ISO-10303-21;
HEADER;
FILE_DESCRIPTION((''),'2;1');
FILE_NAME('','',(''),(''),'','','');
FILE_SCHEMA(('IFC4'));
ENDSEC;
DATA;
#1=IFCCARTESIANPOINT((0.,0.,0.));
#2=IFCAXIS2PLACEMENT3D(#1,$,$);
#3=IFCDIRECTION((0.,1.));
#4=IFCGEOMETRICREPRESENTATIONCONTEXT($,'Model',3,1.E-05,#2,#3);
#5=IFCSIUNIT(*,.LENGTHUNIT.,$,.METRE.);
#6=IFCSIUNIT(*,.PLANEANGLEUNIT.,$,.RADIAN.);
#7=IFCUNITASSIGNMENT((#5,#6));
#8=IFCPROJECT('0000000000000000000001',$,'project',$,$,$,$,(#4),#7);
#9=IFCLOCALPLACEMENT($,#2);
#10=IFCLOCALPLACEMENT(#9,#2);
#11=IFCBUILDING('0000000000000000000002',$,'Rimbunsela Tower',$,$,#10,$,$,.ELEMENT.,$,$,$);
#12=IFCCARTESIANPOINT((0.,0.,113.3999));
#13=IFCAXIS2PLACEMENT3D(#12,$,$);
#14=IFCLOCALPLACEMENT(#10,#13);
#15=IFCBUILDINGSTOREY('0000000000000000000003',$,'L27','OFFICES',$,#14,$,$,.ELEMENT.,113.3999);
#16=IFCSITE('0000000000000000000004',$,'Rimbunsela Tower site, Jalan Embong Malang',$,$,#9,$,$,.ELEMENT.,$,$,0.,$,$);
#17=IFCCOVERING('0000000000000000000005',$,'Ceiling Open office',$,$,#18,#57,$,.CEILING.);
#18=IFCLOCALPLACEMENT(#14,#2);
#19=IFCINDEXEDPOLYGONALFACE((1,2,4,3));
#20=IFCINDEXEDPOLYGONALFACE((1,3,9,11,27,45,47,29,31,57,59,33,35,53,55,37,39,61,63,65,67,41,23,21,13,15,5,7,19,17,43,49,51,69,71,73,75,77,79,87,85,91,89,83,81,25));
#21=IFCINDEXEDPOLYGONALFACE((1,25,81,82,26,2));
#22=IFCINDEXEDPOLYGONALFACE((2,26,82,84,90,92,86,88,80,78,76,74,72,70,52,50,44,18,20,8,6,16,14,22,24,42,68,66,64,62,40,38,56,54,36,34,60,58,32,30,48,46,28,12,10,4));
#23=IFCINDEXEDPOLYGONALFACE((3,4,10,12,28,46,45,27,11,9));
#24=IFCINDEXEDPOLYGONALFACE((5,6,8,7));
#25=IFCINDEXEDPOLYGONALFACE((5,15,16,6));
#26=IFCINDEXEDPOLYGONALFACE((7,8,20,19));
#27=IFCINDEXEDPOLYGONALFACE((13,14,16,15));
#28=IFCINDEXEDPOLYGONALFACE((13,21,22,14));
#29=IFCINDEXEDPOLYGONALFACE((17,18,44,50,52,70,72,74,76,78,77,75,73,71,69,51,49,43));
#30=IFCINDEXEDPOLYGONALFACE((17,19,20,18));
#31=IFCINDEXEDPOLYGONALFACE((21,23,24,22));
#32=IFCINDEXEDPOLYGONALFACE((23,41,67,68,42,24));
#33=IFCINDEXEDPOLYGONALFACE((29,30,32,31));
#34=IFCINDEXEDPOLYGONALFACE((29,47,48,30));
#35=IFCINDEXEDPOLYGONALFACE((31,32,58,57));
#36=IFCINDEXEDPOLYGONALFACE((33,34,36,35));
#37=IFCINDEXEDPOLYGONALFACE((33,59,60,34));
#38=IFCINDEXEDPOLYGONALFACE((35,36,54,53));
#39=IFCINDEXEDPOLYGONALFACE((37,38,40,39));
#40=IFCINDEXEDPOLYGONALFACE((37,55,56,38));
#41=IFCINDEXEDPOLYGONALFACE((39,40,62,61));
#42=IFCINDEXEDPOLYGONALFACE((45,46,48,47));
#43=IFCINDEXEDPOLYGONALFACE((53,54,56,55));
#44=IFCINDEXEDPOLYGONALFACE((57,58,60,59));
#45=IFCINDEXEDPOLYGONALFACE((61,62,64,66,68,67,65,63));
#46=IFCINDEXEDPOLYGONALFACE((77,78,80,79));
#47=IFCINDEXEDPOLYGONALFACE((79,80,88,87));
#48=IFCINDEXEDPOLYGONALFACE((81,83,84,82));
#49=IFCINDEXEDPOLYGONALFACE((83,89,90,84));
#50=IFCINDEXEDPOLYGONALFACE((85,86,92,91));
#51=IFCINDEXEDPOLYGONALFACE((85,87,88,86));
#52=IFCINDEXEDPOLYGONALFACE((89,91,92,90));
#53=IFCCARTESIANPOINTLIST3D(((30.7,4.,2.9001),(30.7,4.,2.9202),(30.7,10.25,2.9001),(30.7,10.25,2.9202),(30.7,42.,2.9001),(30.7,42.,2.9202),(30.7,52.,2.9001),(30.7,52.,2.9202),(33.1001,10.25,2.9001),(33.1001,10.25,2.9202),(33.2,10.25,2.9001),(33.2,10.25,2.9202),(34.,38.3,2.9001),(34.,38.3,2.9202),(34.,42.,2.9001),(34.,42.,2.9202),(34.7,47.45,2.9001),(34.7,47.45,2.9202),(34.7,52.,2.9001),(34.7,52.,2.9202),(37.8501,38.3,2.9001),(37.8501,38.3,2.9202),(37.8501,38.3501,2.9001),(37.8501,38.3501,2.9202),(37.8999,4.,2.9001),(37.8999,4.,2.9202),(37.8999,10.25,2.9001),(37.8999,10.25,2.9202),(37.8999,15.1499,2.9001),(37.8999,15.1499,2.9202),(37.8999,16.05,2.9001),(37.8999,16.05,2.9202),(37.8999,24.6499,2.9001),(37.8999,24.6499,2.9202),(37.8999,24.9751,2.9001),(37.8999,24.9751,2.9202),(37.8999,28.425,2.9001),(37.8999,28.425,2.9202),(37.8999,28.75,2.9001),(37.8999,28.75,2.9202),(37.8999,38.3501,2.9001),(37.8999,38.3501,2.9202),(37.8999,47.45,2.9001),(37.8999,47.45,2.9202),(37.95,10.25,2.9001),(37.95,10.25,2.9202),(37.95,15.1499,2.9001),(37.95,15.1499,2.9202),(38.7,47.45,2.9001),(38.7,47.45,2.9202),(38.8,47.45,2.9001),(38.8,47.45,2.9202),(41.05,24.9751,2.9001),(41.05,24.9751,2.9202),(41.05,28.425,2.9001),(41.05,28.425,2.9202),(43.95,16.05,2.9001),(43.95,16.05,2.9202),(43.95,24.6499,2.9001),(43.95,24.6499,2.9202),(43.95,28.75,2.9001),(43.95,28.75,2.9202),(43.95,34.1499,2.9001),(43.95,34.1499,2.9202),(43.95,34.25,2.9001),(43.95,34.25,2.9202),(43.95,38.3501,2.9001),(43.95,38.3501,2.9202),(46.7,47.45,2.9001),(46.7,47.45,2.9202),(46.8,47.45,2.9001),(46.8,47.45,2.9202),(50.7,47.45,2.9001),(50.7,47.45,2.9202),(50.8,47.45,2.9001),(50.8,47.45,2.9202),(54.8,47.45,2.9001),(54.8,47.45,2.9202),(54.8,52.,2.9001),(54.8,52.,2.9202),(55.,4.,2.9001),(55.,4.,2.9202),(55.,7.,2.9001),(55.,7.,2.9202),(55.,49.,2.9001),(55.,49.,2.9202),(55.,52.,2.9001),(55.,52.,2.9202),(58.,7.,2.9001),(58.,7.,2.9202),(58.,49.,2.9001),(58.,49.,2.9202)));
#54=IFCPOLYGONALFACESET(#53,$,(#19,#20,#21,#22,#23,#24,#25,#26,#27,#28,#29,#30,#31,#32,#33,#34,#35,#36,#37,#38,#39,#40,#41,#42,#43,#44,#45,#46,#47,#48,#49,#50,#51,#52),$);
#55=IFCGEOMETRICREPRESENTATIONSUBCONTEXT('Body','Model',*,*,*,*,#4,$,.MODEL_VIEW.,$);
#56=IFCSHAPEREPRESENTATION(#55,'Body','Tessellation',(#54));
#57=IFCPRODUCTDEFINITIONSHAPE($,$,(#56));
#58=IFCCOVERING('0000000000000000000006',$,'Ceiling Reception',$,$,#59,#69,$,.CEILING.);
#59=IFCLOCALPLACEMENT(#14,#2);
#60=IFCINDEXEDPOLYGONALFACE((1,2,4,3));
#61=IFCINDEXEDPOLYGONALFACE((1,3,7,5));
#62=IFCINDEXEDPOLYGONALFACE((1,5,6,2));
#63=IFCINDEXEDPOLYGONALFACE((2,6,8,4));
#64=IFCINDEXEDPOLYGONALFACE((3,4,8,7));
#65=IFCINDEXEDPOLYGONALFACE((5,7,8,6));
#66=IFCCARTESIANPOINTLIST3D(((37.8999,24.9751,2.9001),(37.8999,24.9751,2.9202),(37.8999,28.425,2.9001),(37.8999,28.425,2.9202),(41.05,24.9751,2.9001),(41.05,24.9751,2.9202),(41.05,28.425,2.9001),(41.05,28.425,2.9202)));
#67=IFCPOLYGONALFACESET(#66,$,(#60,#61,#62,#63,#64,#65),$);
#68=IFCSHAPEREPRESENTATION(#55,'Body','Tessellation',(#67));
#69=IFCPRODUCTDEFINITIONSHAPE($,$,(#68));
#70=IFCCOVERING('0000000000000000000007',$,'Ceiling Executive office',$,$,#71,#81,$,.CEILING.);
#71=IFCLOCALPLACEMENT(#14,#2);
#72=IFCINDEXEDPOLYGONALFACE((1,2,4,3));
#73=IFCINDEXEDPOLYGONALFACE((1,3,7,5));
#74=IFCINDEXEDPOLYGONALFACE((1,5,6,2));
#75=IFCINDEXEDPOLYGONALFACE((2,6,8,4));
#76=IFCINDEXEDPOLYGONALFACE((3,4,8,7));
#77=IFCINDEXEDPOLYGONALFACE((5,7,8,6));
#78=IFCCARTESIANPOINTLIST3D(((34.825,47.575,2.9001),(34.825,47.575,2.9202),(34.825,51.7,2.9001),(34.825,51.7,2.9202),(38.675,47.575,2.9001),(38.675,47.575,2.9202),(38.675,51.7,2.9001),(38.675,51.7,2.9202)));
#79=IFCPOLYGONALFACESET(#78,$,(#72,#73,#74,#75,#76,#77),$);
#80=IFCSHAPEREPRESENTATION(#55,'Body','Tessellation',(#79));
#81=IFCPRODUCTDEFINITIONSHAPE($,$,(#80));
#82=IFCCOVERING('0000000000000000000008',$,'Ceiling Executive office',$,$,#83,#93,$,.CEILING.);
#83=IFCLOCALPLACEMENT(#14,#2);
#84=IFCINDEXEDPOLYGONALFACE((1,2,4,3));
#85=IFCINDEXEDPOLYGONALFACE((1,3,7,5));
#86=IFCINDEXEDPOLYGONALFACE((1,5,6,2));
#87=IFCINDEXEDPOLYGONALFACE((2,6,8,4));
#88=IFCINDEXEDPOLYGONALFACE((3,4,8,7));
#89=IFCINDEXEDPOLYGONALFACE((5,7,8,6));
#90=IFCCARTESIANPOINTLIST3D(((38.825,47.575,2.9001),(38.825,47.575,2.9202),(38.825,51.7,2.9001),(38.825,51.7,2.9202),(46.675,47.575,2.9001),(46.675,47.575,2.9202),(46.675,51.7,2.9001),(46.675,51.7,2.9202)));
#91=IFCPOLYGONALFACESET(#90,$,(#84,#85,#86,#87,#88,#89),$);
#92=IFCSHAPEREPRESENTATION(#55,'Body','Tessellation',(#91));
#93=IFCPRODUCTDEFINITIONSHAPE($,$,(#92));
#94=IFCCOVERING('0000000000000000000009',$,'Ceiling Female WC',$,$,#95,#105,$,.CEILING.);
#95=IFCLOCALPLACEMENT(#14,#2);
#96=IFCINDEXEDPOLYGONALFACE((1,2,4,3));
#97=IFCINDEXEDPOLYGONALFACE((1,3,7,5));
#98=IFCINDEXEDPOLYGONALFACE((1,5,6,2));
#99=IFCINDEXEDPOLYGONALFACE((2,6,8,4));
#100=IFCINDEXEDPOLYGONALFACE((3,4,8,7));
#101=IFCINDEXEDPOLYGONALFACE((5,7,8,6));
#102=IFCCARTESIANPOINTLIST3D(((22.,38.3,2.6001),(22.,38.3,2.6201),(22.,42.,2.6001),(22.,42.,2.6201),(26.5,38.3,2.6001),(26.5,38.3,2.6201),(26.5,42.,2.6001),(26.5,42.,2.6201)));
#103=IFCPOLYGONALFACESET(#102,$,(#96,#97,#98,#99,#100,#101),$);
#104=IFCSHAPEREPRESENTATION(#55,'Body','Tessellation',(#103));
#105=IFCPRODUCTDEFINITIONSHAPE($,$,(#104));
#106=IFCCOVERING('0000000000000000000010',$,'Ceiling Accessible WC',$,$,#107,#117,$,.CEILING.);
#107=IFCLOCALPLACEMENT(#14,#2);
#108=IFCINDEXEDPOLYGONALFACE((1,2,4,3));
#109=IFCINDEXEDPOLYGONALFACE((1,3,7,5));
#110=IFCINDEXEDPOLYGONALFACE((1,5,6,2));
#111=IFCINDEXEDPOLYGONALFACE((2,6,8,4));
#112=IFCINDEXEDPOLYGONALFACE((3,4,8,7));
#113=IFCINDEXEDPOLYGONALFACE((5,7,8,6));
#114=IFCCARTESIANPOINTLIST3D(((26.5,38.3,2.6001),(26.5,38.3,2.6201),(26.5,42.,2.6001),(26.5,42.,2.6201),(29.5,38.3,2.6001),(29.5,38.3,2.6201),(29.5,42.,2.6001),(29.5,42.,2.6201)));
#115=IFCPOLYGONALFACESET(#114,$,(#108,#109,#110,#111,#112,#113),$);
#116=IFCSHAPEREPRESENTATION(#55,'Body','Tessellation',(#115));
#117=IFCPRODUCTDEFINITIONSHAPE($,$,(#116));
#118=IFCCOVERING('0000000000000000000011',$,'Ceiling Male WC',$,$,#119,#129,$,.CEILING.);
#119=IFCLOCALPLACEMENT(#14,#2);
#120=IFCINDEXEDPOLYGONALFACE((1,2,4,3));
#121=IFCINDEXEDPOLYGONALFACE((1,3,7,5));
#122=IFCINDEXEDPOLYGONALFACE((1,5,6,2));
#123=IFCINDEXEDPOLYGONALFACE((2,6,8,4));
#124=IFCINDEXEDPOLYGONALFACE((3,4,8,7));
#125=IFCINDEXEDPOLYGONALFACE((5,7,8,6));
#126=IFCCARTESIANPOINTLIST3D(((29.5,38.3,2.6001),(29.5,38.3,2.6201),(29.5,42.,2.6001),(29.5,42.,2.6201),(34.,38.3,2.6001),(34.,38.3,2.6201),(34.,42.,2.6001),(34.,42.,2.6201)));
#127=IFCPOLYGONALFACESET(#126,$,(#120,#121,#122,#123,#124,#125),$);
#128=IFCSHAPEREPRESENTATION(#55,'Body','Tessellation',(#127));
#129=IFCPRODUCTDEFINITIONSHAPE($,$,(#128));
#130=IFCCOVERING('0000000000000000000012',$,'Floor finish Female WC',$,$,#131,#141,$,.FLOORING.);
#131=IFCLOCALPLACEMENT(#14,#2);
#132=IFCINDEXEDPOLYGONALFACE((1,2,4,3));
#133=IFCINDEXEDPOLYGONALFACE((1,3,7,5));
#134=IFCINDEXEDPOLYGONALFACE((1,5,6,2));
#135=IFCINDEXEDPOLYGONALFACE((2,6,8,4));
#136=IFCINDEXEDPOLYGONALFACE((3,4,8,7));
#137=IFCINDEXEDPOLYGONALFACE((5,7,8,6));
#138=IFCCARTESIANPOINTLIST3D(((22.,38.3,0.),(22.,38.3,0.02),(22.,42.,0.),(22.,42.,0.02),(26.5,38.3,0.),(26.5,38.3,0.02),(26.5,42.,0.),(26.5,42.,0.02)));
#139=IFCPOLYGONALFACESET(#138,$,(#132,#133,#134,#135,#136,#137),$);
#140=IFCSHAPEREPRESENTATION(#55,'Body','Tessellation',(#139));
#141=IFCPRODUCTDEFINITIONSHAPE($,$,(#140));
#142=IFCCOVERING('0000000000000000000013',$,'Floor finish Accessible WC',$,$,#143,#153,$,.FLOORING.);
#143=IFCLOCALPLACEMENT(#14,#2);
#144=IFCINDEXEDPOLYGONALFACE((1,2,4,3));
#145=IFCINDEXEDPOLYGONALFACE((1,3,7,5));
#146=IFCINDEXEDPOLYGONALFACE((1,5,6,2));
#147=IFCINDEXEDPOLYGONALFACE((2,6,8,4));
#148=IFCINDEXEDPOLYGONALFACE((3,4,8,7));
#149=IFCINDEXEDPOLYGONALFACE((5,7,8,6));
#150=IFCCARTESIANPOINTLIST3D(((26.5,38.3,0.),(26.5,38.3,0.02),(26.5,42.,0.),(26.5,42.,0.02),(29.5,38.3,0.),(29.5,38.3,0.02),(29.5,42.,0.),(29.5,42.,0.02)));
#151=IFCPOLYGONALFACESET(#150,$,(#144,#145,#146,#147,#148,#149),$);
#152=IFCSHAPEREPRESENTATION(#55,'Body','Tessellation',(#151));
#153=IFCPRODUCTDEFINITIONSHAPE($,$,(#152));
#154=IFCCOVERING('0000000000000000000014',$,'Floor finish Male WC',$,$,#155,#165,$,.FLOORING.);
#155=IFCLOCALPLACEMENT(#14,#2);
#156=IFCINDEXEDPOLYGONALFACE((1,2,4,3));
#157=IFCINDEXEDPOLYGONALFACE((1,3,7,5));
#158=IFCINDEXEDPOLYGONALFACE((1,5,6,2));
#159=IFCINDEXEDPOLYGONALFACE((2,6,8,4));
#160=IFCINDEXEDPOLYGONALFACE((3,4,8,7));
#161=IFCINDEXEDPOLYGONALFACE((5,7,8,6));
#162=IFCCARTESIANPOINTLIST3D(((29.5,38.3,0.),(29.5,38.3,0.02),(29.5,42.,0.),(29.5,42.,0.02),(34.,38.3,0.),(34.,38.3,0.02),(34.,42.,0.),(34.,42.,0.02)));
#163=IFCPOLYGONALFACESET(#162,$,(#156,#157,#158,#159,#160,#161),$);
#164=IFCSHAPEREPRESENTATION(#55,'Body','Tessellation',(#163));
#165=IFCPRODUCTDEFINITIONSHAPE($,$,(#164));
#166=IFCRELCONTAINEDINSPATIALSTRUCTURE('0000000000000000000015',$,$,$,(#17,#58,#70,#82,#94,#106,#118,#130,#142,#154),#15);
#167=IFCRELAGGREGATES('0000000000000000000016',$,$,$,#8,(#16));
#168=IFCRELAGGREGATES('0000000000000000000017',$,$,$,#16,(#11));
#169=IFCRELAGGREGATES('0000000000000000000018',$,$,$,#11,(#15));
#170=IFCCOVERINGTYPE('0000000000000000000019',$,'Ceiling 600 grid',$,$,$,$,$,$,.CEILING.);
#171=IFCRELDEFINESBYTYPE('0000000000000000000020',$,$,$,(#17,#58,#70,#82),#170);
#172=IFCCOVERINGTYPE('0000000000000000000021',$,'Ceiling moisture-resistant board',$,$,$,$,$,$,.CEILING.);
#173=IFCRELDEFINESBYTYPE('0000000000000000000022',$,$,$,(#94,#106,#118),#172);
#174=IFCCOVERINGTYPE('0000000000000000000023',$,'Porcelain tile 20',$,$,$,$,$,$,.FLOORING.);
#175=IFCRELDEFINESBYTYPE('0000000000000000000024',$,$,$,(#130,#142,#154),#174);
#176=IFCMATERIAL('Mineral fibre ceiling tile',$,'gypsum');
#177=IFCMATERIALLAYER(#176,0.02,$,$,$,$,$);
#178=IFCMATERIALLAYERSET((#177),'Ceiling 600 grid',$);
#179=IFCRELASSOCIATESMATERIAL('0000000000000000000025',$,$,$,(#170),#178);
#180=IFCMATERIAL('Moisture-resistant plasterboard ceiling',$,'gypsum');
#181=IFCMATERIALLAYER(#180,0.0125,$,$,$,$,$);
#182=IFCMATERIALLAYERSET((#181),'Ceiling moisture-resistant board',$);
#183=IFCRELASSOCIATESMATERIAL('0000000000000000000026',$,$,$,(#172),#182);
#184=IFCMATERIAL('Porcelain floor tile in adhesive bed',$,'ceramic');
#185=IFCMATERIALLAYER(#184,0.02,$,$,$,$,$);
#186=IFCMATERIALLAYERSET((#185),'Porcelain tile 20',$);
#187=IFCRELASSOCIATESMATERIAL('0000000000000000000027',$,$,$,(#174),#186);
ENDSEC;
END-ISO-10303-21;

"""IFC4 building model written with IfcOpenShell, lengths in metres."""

from ifc_helpers import new_model, si_unit, direction, frame, origin, place, context, subcontext, project, spatial, polyline, outline, extrude, material, layer, layer_set, type_object, element, save


model = new_model("IFC4")

# Units and contexts
model_context = context("Model", 3, precision=1e-05, world=origin(), true_north=direction((0.0, 1.0)))
body_context = subcontext(model_context, "Body", "Model", "MODEL_VIEW")
ifc_project = project(units=[si_unit("LENGTHUNIT", "METRE"), si_unit("PLANEANGLEUNIT", "RADIAN")], contexts=[model_context])

# Site, building, storey
site_placement = place(None, origin())
site = spatial("IfcSite", under=ifc_project, at=site_placement, Name="Rimbunsela Tower site, Jalan Embong Malang", CompositionType="ELEMENT", RefElevation=0.0)
building_placement = place(site_placement, origin())
building = spatial("IfcBuilding", under=site, at=building_placement, Name="Rimbunsela Tower", CompositionType="ELEMENT")
storey_placement = place(building_placement, frame((0.0, 0.0, 113.3999)))
storey = spatial("IfcBuildingStorey", under=building, at=storey_placement, Name="L27", Description="OFFICES", CompositionType="ELEMENT", Elevation=113.3999)

# Coverings
ifc_material_1 = material(Name="Mineral fibre ceiling tile", Category="gypsum")
ifc_layer_1 = layer(ifc_material_1, 0.02)
ifc_layer_set_1 = layer_set([ifc_layer_1], Name="Ceiling 600 grid")
covering_type_1 = type_object("IfcCoveringType", Name="Ceiling 600 grid", PredefinedType="CEILING", material=ifc_layer_set_1)
covering_1_placement = place(storey_placement, frame((0.0, 0.0, 2.9001)))
element("IfcCovering", 1, at=covering_1_placement, inside=storey, type_object=covering_type_1, Name="Ceiling Open office", PredefinedType="CEILING", context=body_context, shape_type="SweptSolid", body=[
    extrude(outline(polyline([(30.7, 52.0), (34.7, 52.0), (34.7, 47.45), (37.8999, 47.45), (38.7, 47.45), (38.8, 47.45), (46.7, 47.45), (46.8, 47.45), (50.7, 47.45), (50.8, 47.45), (54.8, 47.45), (54.8, 52.0), (55.0, 52.0), (55.0, 49.0), (58.0, 49.0), (58.0, 7.0), (55.0, 7.0), (55.0, 4.0), (37.8999, 4.0), (30.7, 4.0), (30.7, 10.25), (33.1001, 10.25), (33.2, 10.25), (37.8999, 10.25), (37.95, 10.25), (37.95, 15.1499), (37.8999, 15.1499), (37.8999, 16.05), (43.95, 16.05), (43.95, 24.6499), (37.8999, 24.6499), (37.8999, 24.9751), (41.05, 24.9751), (41.05, 28.425), (37.8999, 28.425), (37.8999, 28.75), (43.95, 28.75), (43.95, 34.1499), (43.95, 34.25), (43.95, 38.3501), (37.8999, 38.3501), (37.8501, 38.3501), (37.8501, 38.3), (34.0, 38.3), (34.0, 42.0), (30.7, 42.0), (30.7, 52.0)])), origin(), (0.0, 0.0, 1.0), 0.02),
])
covering_2_placement = place(storey_placement, frame((0.0, 0.0, 2.9001)))
element("IfcCovering", 2, at=covering_2_placement, inside=storey, type_object=covering_type_1, Name="Ceiling Reception", PredefinedType="CEILING", context=body_context, shape_type="SweptSolid", body=[
    extrude(outline(polyline([(41.05, 24.9751), (41.05, 28.425), (37.8999, 28.425), (37.8999, 24.9751), (41.05, 24.9751)])), origin(), (0.0, 0.0, 1.0), 0.02),
])
covering_3_placement = place(storey_placement, frame((0.0, 0.0, 2.9001)))
element("IfcCovering", 3, at=covering_3_placement, inside=storey, type_object=covering_type_1, Name="Ceiling Executive office", PredefinedType="CEILING", context=body_context, shape_type="SweptSolid", body=[
    extrude(outline(polyline([(38.675, 47.575), (38.675, 51.7), (34.825, 51.7), (34.825, 47.575), (38.675, 47.575)])), origin(), (0.0, 0.0, 1.0), 0.02),
])
covering_4_placement = place(storey_placement, frame((0.0, 0.0, 2.9001)))
element("IfcCovering", 4, at=covering_4_placement, inside=storey, type_object=covering_type_1, Name="Ceiling Executive office", PredefinedType="CEILING", context=body_context, shape_type="SweptSolid", body=[
    extrude(outline(polyline([(46.675, 47.575), (46.675, 51.7), (38.825, 51.7), (38.825, 47.575), (46.675, 47.575)])), origin(), (0.0, 0.0, 1.0), 0.02),
])
ifc_material_2 = material(Name="Moisture-resistant plasterboard ceiling", Category="gypsum")
ifc_layer_2 = layer(ifc_material_2, 0.0125)
ifc_layer_set_2 = layer_set([ifc_layer_2], Name="Ceiling moisture-resistant board")
covering_type_2 = type_object("IfcCoveringType", Name="Ceiling moisture-resistant board", PredefinedType="CEILING", material=ifc_layer_set_2)
covering_5_placement = place(storey_placement, frame((0.0, 0.0, 2.6001)))
element("IfcCovering", 5, at=covering_5_placement, inside=storey, type_object=covering_type_2, Name="Ceiling Female WC", PredefinedType="CEILING", context=body_context, shape_type="SweptSolid", body=[
    extrude(outline(polyline([(26.5, 38.3), (26.5, 42.0), (22.0, 42.0), (22.0, 38.3), (26.5, 38.3)])), origin(), (0.0, 0.0, 1.0), 0.02),
])
covering_6_placement = place(storey_placement, frame((0.0, 0.0, 2.6001)))
element("IfcCovering", 6, at=covering_6_placement, inside=storey, type_object=covering_type_2, Name="Ceiling Accessible WC", PredefinedType="CEILING", context=body_context, shape_type="SweptSolid", body=[
    extrude(outline(polyline([(29.5, 38.3), (29.5, 42.0), (26.5, 42.0), (26.5, 38.3), (29.5, 38.3)])), origin(), (0.0, 0.0, 1.0), 0.02),
])
covering_7_placement = place(storey_placement, frame((0.0, 0.0, 2.6001)))
element("IfcCovering", 7, at=covering_7_placement, inside=storey, type_object=covering_type_2, Name="Ceiling Male WC", PredefinedType="CEILING", context=body_context, shape_type="SweptSolid", body=[
    extrude(outline(polyline([(34.0, 38.3), (34.0, 42.0), (29.5, 42.0), (29.5, 38.3), (34.0, 38.3)])), origin(), (0.0, 0.0, 1.0), 0.02),
])
ifc_material_3 = material(Name="Porcelain floor tile in adhesive bed", Category="ceramic")
ifc_layer_3 = layer(ifc_material_3, 0.02)
ifc_layer_set_3 = layer_set([ifc_layer_3], Name="Porcelain tile 20")
covering_type_3 = type_object("IfcCoveringType", Name="Porcelain tile 20", PredefinedType="FLOORING", material=ifc_layer_set_3)
covering_8_placement = place(storey_placement, origin())
element("IfcCovering", 8, at=covering_8_placement, inside=storey, type_object=covering_type_3, Name="Floor finish Female WC", PredefinedType="FLOORING", context=body_context, shape_type="SweptSolid", body=[
    extrude(outline(polyline([(26.5, 38.3), (26.5, 42.0), (22.0, 42.0), (22.0, 38.3), (26.5, 38.3)])), origin(), (0.0, 0.0, 1.0), 0.02),
])
covering_9_placement = place(storey_placement, origin())
element("IfcCovering", 9, at=covering_9_placement, inside=storey, type_object=covering_type_3, Name="Floor finish Accessible WC", PredefinedType="FLOORING", context=body_context, shape_type="SweptSolid", body=[
    extrude(outline(polyline([(29.5, 38.3), (29.5, 42.0), (26.5, 42.0), (26.5, 38.3), (29.5, 38.3)])), origin(), (0.0, 0.0, 1.0), 0.02),
])
covering_10_placement = place(storey_placement, origin())
element("IfcCovering", 10, at=covering_10_placement, inside=storey, type_object=covering_type_3, Name="Floor finish Male WC", PredefinedType="FLOORING", context=body_context, shape_type="SweptSolid", body=[
    extrude(outline(polyline([(34.0, 38.3), (34.0, 42.0), (29.5, 42.0), (29.5, 38.3), (34.0, 38.3)])), origin(), (0.0, 0.0, 1.0), 0.02),
])

save(model, "model.ifc")
